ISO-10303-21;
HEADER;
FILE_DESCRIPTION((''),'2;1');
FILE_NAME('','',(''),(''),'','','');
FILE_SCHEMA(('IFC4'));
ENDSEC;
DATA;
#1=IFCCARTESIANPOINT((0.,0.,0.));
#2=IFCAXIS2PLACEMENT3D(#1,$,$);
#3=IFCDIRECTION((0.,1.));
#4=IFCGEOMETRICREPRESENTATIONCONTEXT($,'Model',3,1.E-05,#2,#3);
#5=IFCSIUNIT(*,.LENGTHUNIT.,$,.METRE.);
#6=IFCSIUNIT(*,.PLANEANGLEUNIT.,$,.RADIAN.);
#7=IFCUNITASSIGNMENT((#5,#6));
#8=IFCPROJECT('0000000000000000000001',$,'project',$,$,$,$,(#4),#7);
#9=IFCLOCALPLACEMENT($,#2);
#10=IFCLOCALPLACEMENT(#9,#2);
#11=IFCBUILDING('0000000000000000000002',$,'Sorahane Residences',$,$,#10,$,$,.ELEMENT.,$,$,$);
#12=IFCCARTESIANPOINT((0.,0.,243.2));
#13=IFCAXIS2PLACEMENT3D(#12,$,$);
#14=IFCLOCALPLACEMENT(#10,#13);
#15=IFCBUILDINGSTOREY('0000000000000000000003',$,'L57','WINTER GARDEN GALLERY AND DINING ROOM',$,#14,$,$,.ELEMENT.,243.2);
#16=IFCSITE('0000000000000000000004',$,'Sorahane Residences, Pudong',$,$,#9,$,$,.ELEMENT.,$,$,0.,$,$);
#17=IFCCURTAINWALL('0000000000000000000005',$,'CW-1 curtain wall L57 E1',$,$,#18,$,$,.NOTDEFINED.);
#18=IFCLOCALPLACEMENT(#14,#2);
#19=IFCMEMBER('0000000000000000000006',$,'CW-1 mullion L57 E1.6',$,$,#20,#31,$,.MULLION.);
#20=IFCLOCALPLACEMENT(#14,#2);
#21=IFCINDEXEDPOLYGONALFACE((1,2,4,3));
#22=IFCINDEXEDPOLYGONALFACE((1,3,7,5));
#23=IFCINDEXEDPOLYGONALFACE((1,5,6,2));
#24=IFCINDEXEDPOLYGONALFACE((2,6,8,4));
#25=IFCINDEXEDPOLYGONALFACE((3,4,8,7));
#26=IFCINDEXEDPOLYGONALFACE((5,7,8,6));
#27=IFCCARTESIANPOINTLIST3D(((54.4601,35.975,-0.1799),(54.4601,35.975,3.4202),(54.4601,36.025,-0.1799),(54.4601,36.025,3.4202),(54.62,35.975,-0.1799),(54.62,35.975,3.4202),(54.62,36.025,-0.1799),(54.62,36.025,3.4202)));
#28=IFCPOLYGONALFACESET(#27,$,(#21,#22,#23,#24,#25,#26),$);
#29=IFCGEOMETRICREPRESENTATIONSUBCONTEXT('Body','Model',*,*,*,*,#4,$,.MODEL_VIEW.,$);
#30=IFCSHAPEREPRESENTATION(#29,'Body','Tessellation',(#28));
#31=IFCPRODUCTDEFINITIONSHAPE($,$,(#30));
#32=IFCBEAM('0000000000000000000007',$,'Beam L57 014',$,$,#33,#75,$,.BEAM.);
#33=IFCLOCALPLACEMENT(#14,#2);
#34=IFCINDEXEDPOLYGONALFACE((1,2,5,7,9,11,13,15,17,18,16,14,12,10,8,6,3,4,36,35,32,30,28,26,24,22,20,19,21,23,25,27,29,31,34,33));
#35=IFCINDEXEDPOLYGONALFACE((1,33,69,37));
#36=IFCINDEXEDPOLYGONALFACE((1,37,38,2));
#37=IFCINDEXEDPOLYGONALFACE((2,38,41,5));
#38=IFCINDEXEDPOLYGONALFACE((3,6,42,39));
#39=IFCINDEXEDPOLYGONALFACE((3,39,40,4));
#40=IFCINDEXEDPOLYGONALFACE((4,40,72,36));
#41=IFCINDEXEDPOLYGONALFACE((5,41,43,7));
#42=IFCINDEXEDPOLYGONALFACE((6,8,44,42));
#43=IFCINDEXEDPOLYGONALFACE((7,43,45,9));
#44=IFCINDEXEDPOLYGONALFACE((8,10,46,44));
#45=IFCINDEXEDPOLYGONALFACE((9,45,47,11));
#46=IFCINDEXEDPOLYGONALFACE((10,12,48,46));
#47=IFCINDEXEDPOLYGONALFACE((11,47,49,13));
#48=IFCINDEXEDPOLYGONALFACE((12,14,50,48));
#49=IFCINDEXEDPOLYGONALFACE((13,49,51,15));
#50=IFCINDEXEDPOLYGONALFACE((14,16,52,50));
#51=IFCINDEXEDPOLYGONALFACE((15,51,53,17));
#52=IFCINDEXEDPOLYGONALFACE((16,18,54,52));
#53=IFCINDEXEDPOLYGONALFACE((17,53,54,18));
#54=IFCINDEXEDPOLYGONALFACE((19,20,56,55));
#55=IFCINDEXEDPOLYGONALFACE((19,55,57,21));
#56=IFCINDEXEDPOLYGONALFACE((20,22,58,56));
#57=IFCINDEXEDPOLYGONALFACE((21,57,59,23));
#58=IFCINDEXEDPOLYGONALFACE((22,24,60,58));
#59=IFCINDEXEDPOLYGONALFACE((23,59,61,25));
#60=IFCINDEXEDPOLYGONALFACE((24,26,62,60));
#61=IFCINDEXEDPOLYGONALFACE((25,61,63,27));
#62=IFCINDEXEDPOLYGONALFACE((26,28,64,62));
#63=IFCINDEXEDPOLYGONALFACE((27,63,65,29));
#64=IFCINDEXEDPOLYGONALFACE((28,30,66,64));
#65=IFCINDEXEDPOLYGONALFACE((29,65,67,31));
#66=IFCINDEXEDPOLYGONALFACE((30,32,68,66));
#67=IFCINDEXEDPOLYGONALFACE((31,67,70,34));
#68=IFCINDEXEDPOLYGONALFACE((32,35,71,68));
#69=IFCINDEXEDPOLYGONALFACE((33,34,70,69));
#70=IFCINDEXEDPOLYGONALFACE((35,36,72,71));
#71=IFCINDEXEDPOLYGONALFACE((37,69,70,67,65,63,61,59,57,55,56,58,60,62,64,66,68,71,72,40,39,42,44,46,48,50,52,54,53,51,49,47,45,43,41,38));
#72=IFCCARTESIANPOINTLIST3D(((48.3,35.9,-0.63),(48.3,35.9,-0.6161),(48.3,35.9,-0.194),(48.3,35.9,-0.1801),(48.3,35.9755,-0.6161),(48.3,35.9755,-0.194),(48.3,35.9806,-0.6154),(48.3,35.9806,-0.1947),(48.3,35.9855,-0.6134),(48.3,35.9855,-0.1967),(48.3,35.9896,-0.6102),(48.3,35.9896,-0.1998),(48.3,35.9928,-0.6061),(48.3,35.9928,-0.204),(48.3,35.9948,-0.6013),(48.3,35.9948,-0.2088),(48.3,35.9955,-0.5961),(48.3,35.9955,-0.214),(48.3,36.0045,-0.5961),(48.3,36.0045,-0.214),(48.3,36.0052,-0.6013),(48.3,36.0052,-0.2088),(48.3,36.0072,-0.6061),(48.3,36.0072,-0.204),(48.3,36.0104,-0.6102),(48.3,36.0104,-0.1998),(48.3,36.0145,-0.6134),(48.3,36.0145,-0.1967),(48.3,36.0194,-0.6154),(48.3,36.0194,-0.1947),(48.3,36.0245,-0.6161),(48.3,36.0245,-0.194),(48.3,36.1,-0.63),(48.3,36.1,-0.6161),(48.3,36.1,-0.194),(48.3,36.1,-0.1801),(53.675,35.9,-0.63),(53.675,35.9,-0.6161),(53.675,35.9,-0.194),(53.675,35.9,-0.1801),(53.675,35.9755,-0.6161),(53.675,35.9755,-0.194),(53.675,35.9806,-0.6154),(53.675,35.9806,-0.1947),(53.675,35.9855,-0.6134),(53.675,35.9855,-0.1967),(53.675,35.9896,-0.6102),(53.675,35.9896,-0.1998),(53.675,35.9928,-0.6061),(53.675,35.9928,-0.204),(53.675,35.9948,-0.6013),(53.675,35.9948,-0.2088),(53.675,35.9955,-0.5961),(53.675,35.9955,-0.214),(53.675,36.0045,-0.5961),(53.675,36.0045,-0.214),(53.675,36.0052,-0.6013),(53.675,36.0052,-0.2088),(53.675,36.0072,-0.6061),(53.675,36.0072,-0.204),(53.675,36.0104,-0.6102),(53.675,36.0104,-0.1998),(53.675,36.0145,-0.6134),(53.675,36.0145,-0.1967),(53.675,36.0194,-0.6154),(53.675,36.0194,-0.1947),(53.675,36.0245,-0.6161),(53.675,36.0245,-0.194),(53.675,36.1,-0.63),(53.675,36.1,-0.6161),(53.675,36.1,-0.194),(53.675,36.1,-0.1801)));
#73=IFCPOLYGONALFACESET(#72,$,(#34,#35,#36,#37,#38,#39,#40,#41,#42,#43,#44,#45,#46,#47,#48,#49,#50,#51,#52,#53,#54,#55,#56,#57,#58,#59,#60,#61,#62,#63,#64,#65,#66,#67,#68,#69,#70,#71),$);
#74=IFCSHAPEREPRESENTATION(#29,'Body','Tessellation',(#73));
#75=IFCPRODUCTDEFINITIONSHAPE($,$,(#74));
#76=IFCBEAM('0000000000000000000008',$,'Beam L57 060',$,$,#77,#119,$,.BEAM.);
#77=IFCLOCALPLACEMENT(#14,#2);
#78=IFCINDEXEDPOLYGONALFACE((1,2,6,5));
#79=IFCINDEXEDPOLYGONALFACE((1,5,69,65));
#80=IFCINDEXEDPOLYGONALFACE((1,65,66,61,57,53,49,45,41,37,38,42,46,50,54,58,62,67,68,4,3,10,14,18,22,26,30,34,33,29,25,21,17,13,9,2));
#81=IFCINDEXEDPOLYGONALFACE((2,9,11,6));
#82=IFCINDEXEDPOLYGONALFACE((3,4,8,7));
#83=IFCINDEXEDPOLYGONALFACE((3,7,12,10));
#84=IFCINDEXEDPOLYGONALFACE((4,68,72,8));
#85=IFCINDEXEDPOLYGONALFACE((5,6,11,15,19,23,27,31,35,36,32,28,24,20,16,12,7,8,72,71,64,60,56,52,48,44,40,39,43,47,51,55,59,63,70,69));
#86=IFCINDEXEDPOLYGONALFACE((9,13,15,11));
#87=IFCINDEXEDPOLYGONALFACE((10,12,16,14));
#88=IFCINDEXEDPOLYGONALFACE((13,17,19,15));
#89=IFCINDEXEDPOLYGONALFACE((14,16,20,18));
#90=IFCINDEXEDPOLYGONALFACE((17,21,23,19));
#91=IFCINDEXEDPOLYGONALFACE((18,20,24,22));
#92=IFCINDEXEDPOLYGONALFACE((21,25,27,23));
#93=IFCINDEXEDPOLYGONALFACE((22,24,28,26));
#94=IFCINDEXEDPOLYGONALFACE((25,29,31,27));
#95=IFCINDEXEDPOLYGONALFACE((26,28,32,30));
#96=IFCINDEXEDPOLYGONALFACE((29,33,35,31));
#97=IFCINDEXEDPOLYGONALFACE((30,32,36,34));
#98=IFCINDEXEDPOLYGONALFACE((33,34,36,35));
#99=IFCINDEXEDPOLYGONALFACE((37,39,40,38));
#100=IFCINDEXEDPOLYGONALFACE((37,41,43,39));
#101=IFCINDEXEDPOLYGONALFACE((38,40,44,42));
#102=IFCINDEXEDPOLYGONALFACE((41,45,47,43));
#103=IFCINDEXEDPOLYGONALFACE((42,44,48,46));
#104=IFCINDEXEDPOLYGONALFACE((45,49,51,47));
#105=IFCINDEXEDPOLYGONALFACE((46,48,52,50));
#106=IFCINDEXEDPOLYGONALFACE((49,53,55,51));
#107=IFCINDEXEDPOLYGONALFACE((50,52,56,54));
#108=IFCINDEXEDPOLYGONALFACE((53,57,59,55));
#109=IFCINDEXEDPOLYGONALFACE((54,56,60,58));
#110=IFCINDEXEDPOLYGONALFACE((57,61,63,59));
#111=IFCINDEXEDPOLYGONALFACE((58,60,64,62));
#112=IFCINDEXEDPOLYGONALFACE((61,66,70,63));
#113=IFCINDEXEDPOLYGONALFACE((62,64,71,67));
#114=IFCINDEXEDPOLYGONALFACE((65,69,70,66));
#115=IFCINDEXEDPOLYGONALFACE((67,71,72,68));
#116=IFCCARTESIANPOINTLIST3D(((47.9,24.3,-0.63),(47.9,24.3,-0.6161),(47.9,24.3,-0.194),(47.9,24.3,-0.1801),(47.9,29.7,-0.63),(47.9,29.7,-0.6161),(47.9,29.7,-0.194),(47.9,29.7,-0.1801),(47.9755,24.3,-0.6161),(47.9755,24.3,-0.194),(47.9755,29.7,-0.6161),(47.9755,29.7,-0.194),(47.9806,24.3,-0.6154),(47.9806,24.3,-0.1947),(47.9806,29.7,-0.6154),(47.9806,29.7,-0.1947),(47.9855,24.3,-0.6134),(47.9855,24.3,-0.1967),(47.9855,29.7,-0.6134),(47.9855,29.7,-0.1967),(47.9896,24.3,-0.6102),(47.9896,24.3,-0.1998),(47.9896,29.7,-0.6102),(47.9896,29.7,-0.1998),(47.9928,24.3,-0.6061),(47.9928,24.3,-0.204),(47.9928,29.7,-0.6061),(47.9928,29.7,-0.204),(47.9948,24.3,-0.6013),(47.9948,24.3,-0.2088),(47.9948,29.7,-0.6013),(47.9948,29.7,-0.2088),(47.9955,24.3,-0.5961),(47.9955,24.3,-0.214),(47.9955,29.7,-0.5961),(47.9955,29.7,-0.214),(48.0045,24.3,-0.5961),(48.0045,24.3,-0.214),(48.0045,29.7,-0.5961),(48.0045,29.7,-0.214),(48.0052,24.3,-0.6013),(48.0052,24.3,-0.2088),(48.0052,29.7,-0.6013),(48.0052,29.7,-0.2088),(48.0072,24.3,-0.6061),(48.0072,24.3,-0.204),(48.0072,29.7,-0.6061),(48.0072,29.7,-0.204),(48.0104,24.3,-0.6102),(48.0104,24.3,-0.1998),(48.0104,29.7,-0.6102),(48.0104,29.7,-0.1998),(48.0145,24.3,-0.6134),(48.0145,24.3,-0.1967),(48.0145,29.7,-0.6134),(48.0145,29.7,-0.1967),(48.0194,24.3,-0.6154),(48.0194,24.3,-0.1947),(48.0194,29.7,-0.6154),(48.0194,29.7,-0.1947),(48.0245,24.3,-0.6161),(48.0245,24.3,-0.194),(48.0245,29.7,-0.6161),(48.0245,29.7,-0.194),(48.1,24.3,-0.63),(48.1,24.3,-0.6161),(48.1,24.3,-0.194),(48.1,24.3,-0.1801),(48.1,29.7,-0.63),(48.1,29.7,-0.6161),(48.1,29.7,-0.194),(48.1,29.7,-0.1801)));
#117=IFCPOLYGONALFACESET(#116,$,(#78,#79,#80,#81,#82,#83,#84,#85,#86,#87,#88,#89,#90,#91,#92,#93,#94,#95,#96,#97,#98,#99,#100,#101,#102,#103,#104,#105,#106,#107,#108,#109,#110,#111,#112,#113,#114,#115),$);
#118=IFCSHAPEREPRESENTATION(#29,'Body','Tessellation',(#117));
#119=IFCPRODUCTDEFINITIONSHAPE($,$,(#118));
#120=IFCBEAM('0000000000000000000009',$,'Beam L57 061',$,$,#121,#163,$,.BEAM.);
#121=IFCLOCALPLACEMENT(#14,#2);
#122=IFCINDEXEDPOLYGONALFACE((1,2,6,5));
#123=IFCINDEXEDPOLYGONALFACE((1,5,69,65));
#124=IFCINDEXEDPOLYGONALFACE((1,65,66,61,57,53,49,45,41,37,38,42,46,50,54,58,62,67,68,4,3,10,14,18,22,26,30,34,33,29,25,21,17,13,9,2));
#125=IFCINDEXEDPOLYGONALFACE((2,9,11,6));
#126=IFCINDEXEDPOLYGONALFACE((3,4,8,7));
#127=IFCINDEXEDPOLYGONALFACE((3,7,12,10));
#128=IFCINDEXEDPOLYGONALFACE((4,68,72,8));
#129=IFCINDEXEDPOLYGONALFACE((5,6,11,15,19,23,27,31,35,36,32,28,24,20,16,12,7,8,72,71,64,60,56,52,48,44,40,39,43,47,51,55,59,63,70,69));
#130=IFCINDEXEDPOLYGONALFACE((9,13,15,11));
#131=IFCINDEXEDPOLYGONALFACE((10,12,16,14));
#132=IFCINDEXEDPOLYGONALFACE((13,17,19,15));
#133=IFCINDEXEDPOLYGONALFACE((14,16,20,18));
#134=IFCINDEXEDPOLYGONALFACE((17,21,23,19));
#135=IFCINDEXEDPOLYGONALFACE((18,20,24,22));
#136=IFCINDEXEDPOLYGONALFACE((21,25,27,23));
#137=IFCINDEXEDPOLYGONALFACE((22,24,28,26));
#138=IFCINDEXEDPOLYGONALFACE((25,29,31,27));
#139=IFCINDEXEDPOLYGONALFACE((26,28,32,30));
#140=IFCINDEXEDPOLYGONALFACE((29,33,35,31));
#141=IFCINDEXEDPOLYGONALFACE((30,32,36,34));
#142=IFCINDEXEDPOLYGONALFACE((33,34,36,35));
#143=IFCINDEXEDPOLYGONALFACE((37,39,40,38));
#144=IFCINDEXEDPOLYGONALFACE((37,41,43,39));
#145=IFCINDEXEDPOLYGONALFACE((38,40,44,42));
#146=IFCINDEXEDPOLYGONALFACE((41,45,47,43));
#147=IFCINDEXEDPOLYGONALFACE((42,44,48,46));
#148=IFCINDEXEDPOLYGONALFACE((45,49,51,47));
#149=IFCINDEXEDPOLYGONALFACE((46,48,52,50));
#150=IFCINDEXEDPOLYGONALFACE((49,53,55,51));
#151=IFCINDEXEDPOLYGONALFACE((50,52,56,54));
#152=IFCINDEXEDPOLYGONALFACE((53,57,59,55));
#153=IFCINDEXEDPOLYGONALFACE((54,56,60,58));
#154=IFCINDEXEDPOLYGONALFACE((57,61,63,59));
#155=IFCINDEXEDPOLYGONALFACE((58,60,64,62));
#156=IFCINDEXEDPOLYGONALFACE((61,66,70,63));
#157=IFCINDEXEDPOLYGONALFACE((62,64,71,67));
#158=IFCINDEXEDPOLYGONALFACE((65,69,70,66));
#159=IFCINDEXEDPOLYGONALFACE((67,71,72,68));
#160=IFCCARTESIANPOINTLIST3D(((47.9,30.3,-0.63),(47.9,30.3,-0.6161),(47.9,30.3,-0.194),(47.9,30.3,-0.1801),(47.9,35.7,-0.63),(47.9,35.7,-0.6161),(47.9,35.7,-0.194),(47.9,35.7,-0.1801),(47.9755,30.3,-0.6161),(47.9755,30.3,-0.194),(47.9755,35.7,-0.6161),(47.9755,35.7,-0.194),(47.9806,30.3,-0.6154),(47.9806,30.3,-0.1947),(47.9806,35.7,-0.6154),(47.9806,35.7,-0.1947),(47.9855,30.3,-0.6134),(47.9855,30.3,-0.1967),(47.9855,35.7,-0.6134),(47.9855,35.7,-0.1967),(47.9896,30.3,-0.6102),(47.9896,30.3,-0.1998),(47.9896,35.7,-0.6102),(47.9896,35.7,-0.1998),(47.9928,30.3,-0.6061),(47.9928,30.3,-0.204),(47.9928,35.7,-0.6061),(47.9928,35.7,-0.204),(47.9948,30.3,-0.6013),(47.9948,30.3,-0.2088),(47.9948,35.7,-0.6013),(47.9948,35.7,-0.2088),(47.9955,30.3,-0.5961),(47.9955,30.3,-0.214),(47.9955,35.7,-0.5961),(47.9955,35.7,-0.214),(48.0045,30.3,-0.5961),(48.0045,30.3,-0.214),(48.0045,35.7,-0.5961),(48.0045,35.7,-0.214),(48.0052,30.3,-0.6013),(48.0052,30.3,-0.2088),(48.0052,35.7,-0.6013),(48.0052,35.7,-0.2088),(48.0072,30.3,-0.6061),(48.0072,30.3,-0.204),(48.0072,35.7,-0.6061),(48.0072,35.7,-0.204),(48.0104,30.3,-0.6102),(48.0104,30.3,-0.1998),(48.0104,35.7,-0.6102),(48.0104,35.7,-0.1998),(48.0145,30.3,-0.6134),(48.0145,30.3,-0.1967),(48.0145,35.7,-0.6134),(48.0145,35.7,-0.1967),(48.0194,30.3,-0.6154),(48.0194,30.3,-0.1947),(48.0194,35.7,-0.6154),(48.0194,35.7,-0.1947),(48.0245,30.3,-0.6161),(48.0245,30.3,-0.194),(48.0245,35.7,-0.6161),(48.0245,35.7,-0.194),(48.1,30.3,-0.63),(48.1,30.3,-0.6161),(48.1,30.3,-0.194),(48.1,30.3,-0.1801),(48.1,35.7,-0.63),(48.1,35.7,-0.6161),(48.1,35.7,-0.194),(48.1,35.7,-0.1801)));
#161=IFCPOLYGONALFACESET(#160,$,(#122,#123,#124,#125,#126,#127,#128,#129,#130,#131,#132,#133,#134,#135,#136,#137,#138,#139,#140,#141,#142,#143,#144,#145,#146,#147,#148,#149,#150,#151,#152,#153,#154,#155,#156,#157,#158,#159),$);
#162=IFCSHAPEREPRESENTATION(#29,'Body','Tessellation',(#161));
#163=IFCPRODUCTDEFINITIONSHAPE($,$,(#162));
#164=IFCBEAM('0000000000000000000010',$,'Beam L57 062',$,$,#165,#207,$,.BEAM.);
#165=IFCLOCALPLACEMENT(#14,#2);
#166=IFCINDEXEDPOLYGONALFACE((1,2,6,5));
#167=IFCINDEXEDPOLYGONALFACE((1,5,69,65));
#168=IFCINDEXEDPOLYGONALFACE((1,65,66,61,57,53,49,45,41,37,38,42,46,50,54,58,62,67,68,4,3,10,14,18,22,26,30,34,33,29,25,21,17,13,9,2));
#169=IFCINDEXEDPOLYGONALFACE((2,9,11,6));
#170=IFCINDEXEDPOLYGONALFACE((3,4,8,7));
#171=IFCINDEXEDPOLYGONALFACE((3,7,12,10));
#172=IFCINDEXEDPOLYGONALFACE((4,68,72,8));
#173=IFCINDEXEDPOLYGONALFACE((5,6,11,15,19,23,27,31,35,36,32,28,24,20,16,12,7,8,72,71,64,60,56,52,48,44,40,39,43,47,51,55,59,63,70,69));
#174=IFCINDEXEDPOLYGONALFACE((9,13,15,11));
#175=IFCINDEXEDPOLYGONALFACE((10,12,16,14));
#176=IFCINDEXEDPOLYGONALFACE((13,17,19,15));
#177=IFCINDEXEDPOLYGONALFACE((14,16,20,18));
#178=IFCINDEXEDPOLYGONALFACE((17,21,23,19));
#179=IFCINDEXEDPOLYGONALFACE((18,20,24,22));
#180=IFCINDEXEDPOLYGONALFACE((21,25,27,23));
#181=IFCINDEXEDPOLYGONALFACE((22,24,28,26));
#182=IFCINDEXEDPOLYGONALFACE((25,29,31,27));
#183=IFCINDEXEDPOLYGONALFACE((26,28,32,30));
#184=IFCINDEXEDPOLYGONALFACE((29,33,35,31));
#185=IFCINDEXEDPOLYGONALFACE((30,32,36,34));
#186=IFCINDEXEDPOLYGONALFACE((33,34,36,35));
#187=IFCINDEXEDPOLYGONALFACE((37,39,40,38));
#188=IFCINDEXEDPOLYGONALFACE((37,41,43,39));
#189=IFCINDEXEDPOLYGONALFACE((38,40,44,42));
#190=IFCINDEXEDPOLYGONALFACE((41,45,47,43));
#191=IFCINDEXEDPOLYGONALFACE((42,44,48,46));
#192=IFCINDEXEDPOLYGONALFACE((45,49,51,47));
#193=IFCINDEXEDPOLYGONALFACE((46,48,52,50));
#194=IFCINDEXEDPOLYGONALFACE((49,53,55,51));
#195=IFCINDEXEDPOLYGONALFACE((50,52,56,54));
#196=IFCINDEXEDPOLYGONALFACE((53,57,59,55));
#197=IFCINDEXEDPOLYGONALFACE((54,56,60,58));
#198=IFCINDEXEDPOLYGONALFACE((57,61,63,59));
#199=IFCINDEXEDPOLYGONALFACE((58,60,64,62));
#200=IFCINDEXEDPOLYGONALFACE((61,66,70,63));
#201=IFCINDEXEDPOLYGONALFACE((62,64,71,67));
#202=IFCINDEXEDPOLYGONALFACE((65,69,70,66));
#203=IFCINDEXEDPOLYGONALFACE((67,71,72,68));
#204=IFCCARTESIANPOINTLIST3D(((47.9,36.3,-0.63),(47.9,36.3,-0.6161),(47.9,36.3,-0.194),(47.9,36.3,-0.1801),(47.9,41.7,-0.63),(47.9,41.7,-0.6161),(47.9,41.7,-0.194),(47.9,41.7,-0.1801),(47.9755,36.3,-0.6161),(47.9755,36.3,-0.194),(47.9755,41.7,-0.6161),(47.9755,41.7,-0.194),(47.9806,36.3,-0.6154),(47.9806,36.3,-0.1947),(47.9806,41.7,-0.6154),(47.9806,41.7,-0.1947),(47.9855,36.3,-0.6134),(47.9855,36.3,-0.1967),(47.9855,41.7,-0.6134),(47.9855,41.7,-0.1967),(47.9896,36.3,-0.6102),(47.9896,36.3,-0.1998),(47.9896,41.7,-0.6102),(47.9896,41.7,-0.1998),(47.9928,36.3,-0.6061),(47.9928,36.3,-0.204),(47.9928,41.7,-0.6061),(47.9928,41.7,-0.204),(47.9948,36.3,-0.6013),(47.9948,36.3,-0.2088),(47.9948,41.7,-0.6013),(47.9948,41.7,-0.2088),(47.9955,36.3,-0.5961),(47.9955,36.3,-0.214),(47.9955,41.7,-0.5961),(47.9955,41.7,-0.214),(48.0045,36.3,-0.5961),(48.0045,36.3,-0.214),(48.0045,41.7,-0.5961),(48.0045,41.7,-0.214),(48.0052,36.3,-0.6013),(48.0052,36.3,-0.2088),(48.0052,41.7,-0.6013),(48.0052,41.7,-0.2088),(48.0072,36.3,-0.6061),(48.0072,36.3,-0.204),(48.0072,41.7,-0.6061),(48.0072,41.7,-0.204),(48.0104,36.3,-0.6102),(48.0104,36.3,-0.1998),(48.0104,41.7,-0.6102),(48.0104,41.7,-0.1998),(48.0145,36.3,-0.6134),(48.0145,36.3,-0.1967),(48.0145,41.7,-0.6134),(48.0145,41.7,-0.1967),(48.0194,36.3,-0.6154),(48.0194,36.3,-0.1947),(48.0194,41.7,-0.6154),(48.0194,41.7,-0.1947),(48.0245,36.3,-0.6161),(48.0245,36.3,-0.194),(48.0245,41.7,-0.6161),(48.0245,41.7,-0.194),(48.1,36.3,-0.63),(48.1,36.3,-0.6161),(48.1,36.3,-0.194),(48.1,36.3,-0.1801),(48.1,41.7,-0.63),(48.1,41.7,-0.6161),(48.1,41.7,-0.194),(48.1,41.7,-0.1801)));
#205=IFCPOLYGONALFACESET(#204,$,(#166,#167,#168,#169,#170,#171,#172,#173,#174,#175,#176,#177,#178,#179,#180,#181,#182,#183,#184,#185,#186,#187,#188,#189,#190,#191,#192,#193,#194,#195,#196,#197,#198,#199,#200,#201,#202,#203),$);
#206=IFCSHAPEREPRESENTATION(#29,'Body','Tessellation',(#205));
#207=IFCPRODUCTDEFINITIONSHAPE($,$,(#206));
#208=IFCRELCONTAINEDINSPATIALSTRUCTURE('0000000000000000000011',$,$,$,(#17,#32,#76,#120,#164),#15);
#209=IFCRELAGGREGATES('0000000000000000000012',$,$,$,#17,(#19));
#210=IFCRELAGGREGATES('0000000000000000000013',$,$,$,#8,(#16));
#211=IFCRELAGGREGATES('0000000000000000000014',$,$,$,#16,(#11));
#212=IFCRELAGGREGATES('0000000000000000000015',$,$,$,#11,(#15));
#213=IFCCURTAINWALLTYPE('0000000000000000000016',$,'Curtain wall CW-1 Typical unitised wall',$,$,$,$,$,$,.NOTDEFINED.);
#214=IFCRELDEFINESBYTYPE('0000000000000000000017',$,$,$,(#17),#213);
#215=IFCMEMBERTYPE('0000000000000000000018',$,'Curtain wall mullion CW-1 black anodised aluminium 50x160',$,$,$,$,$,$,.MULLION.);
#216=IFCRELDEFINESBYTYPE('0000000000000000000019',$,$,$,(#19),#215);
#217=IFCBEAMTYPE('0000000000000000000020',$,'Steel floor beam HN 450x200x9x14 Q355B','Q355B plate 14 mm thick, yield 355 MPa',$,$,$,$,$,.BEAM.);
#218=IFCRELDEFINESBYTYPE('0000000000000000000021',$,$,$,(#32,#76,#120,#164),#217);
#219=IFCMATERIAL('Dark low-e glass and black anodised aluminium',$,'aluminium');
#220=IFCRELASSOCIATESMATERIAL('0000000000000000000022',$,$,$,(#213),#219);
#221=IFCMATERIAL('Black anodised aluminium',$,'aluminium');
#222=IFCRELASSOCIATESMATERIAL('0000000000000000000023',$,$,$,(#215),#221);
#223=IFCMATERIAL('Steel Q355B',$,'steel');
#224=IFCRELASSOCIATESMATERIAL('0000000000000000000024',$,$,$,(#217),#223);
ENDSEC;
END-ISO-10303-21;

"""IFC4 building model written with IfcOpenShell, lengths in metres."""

from ifc_helpers import new_model, si_unit, direction, frame, origin, origin_2d, place, context, subcontext, project, spatial, rectangle, i_section, extrude, material, material_profile, profile_set, type_object, element, aggregate, save


model = new_model("IFC4")

# Units and contexts
model_context = context("Model", 3, precision=1e-05, world=origin(), true_north=direction((0.0, 1.0)))
body_context = subcontext(model_context, "Body", "Model", "MODEL_VIEW")
ifc_project = project(units=[si_unit("LENGTHUNIT", "METRE"), si_unit("PLANEANGLEUNIT", "RADIAN")], contexts=[model_context])

# Site, building, storey
site_placement = place(None, origin())
site = spatial("IfcSite", under=ifc_project, at=site_placement, Name="Sorahane Residences, Pudong", CompositionType="ELEMENT", RefElevation=0.0)
building_placement = place(site_placement, origin())
building = spatial("IfcBuilding", under=site, at=building_placement, Name="Sorahane Residences", CompositionType="ELEMENT")
storey_placement = place(building_placement, frame((0.0, 0.0, 243.2)))
storey = spatial("IfcBuildingStorey", under=building, at=storey_placement, Name="L57", Description="WINTER GARDEN GALLERY AND DINING ROOM", CompositionType="ELEMENT", Elevation=243.2)

# Curtain wall, member
ifc_material_1 = material(Name="Dark low-e glass and black anodised aluminium", Category="aluminium")
curtain_wall_type = type_object("IfcCurtainWallType", Name="Curtain wall CW-1 Typical unitised wall", PredefinedType="NOTDEFINED", material=ifc_material_1)
curtain_wall_placement = place(storey_placement, origin())
curtain_wall = element("IfcCurtainWall", 1, at=curtain_wall_placement, inside=storey, type_object=curtain_wall_type, Name="CW-1 curtain wall L57 E1", PredefinedType="NOTDEFINED")
ifc_material_2 = material(Name="Black anodised aluminium", Category="aluminium")
ifc_material_profile_1 = material_profile(ifc_material_2, rectangle(XDim=0.1599, YDim=0.05, at=origin_2d()), Name="Curtain wall mullion CW-1 black anodised aluminium 50x160")
ifc_profile_set_1 = profile_set([ifc_material_profile_1], Name="Black anodised aluminium")
member_type_1 = type_object("IfcMemberType", Name="Curtain wall mullion CW-1 black anodised aluminium 50x160", PredefinedType="MULLION", material=ifc_profile_set_1)
member_1_placement = place(storey_placement, frame((54.54, 36.0, -0.1799), z_axis=(0.0, 0.0, 1.0), x_axis=(1.0, 0.0, 0.0)))
member_1 = element("IfcMember", 2, at=member_1_placement, type_object=member_type_1, Name="CW-1 mullion L57 E1.6", PredefinedType="MULLION", context=body_context, shape_type="SweptSolid", body=[
    extrude(rectangle(XDim=0.1599, YDim=0.05, at=origin_2d()), origin(), (0.0, 0.0, 1.0), 3.6001),
])

# Beams
ifc_material_3 = material(Name="Steel Q355B", Category="steel")
ifc_material_profile_2 = material_profile(ifc_material_3, i_section(OverallWidth=0.2, OverallDepth=0.45, WebThickness=0.009, FlangeThickness=0.0139, FilletRadius=0.02, at=origin_2d()), Name="HN 450x200x9x14")
ifc_profile_set_2 = profile_set([ifc_material_profile_2], Name="Steel Q355B")
beam_type_1 = type_object("IfcBeamType", Name="Steel floor beam HN 450x200x9x14 Q355B", Description="Q355B plate 14 mm thick, yield 355 MPa", PredefinedType="BEAM", material=ifc_profile_set_2)
beam_1_placement = place(storey_placement, frame((48.3, 36.0, -0.405), z_axis=(1.0, 0.0, 0.0), x_axis=(0.0, 1.0, 0.0)))
element("IfcBeam", 3, at=beam_1_placement, inside=storey, type_object=beam_type_1, Name="Beam L57 014", PredefinedType="BEAM", context=body_context, shape_type="SweptSolid", body=[
    extrude(i_section(OverallWidth=0.2, OverallDepth=0.45, WebThickness=0.009, FlangeThickness=0.0139, FilletRadius=0.02, at=origin_2d()), origin(), (0.0, 0.0, 1.0), 5.375),
])
for number, where, z_axis, x_axis, name in (
    (4, (48.0, 24.3, -0.405), (0.0, 1.0, 0.0), (-1.0, 0.0, 0.0), "Beam L57 060"),
    (5, (48.0, 30.3, -0.405), (0.0, 1.0, 0.0), (-1.0, 0.0, 0.0), "Beam L57 061"),
    (6, (48.0, 36.3, -0.405), (0.0, 1.0, 0.0), (-1.0, 0.0, 0.0), "Beam L57 062"),
):
    element("IfcBeam", number, at=place(storey_placement, frame(where, z_axis=z_axis, x_axis=x_axis)), inside=storey, type_object=beam_type_1, Name=name, PredefinedType="BEAM", context=body_context, shape_type="SweptSolid", body=[
        extrude(i_section(OverallWidth=0.2, OverallDepth=0.45, WebThickness=0.009, FlangeThickness=0.0139, FilletRadius=0.02, at=origin_2d()), origin(), (0.0, 0.0, 1.0), 5.3999),
    ])

aggregate(curtain_wall, [member_1])

save(model, "model.ifc")
